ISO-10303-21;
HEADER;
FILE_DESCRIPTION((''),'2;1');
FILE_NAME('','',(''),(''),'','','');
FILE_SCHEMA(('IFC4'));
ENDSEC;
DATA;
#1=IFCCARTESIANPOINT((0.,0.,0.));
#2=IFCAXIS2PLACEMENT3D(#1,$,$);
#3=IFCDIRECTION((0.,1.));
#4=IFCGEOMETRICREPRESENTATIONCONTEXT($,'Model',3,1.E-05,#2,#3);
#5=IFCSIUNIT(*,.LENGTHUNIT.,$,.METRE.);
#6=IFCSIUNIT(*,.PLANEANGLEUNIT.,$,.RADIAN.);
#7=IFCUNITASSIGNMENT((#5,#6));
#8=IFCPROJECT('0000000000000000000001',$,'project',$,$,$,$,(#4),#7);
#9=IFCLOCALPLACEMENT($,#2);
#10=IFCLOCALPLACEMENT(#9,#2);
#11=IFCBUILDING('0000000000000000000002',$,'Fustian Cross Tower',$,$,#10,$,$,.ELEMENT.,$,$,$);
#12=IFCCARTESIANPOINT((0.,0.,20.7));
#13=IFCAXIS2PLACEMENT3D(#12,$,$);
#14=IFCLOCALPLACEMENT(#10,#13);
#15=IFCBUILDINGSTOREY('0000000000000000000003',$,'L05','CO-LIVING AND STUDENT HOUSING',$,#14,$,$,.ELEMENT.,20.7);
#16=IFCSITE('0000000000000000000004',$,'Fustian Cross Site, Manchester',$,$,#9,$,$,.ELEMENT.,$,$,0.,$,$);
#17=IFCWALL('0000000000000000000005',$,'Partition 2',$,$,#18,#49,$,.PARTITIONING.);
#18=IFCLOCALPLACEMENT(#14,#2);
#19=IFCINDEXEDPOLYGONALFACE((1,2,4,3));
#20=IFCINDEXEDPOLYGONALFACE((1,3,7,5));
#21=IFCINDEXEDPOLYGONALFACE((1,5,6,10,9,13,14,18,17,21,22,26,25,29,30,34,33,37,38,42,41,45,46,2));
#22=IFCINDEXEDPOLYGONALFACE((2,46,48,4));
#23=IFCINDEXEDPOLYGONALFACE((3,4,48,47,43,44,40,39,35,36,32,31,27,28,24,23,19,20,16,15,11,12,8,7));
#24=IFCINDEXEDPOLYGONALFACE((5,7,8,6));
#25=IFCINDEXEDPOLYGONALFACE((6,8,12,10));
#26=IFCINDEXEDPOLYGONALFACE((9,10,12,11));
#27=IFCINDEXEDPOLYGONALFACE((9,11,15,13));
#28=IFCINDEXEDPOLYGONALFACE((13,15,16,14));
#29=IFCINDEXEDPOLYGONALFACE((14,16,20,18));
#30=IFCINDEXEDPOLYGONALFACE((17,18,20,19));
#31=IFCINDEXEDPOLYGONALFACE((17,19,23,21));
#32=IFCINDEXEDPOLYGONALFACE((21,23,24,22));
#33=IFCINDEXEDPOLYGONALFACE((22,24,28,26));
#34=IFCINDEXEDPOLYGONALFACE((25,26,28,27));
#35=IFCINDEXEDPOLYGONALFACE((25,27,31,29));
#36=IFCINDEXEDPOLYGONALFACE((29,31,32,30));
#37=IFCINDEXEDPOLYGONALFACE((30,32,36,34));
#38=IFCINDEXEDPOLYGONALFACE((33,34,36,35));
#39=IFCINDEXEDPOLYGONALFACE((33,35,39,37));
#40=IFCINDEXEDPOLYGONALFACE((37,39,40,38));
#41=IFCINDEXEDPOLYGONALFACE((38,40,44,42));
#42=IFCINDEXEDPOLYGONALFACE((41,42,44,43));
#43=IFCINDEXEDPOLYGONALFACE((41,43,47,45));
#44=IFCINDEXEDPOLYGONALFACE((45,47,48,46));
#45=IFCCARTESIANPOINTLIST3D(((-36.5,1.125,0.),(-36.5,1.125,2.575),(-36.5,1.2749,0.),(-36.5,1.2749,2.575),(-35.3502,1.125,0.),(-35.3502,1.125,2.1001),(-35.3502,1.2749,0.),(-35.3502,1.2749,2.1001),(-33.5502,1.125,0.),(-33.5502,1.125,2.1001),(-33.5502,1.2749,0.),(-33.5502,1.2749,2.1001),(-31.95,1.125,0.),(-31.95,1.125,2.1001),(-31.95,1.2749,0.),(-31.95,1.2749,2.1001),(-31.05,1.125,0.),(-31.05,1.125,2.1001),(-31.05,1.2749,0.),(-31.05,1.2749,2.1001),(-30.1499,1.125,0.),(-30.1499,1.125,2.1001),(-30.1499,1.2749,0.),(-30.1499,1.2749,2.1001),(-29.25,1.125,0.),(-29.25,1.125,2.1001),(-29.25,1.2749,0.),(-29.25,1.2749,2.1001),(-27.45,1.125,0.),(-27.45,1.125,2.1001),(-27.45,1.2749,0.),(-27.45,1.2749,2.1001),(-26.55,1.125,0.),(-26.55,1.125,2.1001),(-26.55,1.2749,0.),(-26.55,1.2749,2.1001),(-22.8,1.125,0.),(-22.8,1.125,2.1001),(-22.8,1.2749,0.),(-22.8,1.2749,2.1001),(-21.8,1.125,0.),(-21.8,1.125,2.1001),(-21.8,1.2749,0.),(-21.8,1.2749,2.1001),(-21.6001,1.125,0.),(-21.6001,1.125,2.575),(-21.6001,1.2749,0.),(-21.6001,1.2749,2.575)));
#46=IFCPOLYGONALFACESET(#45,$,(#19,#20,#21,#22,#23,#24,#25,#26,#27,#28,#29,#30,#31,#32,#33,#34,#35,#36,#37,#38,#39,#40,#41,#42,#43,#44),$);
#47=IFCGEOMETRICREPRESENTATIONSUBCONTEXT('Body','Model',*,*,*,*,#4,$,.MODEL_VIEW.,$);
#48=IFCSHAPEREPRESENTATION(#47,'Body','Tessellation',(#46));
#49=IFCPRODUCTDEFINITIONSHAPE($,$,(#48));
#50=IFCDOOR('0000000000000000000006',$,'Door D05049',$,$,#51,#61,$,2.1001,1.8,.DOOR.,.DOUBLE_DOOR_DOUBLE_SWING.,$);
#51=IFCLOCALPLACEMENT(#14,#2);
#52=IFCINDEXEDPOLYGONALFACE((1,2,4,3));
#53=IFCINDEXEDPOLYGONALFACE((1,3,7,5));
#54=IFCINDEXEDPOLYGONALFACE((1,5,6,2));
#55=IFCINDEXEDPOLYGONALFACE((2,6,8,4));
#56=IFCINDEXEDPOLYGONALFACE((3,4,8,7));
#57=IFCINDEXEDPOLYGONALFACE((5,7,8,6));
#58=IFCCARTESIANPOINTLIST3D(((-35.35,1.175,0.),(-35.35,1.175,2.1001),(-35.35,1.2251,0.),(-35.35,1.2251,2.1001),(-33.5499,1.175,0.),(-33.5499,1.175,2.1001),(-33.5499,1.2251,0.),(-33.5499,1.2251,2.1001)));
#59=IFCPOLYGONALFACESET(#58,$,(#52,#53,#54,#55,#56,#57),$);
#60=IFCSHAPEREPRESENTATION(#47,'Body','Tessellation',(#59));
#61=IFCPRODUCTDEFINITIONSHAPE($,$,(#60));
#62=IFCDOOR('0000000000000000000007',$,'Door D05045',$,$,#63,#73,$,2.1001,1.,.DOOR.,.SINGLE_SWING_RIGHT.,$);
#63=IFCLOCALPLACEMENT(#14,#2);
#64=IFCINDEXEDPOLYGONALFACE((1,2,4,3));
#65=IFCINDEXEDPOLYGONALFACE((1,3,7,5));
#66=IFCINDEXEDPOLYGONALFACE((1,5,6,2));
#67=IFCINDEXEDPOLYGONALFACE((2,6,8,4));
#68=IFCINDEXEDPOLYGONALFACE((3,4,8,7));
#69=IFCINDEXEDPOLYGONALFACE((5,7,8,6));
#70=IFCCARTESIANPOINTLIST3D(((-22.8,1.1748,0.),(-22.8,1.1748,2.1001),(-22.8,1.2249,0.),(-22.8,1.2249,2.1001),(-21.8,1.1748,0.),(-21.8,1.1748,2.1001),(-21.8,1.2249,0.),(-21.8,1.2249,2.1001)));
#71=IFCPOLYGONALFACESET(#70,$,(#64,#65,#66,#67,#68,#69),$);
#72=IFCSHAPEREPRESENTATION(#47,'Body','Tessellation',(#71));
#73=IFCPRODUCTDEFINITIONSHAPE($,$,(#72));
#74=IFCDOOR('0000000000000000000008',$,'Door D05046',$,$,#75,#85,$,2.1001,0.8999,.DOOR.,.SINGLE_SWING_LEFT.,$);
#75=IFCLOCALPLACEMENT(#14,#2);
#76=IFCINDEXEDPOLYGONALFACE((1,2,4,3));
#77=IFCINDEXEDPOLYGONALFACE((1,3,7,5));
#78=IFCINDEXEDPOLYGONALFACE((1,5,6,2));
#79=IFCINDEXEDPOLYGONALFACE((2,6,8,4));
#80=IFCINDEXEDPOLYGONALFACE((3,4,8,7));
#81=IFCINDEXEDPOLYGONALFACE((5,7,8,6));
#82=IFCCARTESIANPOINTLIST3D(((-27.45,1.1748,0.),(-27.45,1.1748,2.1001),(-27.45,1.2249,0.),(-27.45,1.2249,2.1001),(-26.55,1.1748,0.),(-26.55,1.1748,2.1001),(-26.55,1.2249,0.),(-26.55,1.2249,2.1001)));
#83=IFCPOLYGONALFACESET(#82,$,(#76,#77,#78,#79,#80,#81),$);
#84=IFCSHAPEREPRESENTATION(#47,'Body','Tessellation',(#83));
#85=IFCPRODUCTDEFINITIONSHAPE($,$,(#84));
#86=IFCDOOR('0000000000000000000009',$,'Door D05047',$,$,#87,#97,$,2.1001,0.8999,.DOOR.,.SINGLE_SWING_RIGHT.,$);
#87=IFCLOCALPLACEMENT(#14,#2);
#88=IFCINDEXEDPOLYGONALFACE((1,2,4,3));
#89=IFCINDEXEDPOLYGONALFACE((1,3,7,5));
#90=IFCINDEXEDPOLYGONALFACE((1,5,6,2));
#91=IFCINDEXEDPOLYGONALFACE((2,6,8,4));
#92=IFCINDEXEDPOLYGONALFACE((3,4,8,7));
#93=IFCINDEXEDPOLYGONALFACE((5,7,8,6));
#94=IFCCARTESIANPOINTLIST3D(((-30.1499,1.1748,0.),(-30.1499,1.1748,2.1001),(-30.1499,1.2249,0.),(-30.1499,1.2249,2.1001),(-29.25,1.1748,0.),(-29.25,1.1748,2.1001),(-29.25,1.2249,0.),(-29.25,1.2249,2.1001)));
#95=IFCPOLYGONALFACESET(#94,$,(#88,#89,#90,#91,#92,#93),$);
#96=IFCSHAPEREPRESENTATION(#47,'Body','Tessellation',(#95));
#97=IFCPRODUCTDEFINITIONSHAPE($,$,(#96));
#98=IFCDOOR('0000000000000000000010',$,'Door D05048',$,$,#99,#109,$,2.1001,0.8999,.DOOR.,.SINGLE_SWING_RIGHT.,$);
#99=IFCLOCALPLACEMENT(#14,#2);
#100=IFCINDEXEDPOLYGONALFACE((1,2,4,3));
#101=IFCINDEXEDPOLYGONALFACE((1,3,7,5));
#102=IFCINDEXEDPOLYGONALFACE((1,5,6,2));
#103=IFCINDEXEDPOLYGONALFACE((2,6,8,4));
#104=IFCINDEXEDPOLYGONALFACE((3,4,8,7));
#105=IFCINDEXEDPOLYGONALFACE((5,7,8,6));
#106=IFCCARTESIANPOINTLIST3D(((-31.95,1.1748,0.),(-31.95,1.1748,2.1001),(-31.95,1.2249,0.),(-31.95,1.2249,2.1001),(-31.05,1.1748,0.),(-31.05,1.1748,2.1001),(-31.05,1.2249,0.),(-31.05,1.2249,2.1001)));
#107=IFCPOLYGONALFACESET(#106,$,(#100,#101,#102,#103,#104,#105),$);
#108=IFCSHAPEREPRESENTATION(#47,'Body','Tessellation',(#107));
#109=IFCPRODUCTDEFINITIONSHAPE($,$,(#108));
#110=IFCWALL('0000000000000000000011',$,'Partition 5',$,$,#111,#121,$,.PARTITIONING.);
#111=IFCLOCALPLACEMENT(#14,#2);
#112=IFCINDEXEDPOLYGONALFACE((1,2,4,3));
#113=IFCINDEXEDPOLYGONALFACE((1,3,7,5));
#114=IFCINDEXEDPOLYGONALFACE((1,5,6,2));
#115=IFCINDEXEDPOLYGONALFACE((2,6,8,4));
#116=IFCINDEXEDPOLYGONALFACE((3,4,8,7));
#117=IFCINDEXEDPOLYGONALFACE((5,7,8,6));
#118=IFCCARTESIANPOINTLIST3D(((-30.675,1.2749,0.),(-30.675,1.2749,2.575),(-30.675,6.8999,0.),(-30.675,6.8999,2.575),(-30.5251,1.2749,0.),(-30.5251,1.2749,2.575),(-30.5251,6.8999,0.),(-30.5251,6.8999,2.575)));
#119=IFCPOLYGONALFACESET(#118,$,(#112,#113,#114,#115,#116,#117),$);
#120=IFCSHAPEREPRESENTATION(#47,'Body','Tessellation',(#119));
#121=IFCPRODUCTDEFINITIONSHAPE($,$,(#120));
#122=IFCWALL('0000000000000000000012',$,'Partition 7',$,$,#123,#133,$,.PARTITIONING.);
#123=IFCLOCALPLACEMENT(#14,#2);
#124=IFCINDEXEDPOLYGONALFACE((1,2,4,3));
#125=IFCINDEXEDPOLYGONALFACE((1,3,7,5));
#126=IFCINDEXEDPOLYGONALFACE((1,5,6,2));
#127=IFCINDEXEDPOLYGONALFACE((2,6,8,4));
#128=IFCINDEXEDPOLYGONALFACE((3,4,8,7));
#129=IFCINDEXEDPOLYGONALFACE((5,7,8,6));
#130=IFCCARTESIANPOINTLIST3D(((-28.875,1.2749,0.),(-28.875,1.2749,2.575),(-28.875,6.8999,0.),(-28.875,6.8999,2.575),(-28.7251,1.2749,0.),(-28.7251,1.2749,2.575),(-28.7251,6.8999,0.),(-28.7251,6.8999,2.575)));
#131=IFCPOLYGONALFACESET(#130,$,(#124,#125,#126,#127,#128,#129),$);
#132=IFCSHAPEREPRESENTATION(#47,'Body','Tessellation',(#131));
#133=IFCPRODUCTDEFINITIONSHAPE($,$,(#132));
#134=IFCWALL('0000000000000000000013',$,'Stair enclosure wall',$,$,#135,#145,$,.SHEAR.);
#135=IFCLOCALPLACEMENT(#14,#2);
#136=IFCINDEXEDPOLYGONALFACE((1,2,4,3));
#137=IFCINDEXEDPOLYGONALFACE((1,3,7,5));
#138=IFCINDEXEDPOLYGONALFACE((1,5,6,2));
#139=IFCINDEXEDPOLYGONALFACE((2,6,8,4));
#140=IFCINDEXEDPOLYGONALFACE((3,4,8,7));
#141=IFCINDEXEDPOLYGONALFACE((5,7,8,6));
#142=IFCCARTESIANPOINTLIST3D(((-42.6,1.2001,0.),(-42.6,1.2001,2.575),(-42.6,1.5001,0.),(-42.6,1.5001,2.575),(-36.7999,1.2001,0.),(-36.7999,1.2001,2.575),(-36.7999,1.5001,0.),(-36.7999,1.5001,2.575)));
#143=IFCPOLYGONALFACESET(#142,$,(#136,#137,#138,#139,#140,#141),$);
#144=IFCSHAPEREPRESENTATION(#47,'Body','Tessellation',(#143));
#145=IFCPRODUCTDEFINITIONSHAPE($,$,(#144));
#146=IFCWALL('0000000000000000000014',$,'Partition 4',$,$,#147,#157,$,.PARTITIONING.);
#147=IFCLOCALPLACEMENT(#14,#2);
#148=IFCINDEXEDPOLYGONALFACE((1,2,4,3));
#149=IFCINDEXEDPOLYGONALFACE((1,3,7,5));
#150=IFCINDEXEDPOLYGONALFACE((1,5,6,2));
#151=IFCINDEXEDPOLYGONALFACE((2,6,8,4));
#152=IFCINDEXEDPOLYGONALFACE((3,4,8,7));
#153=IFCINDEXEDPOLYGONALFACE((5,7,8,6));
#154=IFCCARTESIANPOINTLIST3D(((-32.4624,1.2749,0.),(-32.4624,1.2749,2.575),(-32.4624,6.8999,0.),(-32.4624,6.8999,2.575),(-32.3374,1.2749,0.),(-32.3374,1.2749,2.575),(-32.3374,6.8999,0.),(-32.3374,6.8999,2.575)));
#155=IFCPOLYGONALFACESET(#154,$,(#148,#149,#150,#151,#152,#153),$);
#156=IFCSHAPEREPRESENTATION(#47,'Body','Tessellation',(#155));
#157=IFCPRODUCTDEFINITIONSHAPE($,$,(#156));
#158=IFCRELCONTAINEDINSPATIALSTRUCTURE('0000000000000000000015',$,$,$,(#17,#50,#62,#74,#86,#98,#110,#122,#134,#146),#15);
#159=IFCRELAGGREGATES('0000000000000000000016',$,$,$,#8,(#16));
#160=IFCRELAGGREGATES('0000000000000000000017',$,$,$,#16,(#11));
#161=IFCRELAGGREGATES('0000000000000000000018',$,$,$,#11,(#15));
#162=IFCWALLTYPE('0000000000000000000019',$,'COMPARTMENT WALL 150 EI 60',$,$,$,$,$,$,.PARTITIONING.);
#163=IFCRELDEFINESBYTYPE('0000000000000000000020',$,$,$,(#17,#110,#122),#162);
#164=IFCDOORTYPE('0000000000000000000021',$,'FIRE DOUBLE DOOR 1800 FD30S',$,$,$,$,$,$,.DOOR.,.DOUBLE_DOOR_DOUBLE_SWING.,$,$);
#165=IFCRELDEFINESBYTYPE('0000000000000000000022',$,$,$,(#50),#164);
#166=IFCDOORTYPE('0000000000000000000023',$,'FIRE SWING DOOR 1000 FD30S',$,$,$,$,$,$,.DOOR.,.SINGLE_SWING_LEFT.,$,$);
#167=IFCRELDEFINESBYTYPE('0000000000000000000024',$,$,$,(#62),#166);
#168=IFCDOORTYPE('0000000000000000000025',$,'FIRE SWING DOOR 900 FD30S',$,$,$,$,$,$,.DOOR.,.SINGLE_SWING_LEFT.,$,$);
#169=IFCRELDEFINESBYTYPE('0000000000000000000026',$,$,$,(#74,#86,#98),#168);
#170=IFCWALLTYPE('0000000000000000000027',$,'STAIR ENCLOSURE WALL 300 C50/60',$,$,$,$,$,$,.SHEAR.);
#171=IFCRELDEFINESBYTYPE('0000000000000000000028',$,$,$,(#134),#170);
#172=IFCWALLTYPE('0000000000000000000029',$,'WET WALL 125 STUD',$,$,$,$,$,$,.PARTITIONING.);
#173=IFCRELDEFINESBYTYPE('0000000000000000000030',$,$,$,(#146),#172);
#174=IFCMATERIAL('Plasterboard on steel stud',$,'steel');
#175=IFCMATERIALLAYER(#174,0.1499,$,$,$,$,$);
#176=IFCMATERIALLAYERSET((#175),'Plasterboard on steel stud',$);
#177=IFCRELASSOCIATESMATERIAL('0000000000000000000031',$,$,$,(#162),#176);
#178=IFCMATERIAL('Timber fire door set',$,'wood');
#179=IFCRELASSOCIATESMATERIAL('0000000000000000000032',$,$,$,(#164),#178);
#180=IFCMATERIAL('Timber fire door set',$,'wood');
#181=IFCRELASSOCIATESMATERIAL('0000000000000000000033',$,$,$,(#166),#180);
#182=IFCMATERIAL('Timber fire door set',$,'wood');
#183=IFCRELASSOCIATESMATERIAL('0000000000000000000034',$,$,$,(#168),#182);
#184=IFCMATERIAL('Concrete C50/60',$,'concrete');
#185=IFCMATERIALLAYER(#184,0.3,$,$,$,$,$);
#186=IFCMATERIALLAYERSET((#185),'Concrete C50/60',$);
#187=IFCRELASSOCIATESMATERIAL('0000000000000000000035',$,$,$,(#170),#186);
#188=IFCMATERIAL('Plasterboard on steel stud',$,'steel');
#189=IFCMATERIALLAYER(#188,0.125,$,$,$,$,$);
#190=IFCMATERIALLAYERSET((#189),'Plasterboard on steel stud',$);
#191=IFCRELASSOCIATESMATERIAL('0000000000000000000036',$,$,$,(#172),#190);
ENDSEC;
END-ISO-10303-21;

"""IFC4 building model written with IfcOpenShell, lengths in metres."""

from ifc_helpers import new_model, si_unit, direction, frame, frame_2d, origin, place, context, subcontext, project, spatial, rectangle, extrude, material, layer, layer_set, type_object, element, fill, save


model = new_model("IFC4")

# Units and contexts
model_context = context("Model", 3, precision=1e-05, world=origin(), true_north=direction((0.0, 1.0)))
body_context = subcontext(model_context, "Body", "Model", "MODEL_VIEW")
ifc_project = project(units=[si_unit("LENGTHUNIT", "METRE"), si_unit("PLANEANGLEUNIT", "RADIAN")], contexts=[model_context])

# Site, building, storey
site_placement = place(None, origin())
site = spatial("IfcSite", under=ifc_project, at=site_placement, Name="Fustian Cross Site, Manchester", CompositionType="ELEMENT", RefElevation=0.0)
building_placement = place(site_placement, origin())
building = spatial("IfcBuilding", under=site, at=building_placement, Name="Fustian Cross Tower", CompositionType="ELEMENT")
storey_placement = place(building_placement, frame((0.0, 0.0, 20.7)))
storey = spatial("IfcBuildingStorey", under=building, at=storey_placement, Name="L05", Description="CO-LIVING AND STUDENT HOUSING", CompositionType="ELEMENT", Elevation=20.7)

# Wall, openings, doors
ifc_material_1 = material(Name="Plasterboard on steel stud", Category="steel")
ifc_layer_1 = layer(ifc_material_1, 0.1499)
ifc_layer_set_1 = layer_set([ifc_layer_1], Name="Plasterboard on steel stud")
wall_type_1 = type_object("IfcWallType", Name="COMPARTMENT WALL 150 EI 60", PredefinedType="PARTITIONING", material=ifc_layer_set_1)
wall_1_placement = place(storey_placement, frame((-36.5, 1.2, 0.0), z_axis=(0.0, 0.0, 1.0), x_axis=(1.0, 0.0, 0.0)))
wall_1 = element("IfcWall", 1, at=wall_1_placement, inside=storey, type_object=wall_type_1, Name="Partition 2", PredefinedType="PARTITIONING", context=body_context, shape_type="SweptSolid", body=[
    extrude(rectangle(XDim=14.8999, YDim=0.1499, at=frame_2d((7.45, 0.0))), origin(), (0.0, 0.0, 1.0), 2.575),
])
opening_1_placement = place(wall_1_placement, frame((13.7, 0.0, 0.0)))
opening_1 = element("IfcOpeningElement", 2, at=opening_1_placement, cuts=wall_1, PredefinedType="OPENING", context=body_context, shape_type="SweptSolid", body=[
    extrude(rectangle(XDim=1.0, YDim=2.1001, at=frame_2d((0.5, 1.05))), frame((0.0, 0.085, 0.0), z_axis=(0.0, -1.0, 0.0), x_axis=(1.0, 0.0, 0.0)), (0.0, 0.0, 1.0), 0.1699),
])
opening_2_placement = place(wall_1_placement, frame((9.05, 0.0, 0.0)))
opening_2 = element("IfcOpeningElement", 3, at=opening_2_placement, cuts=wall_1, PredefinedType="OPENING", context=body_context, shape_type="SweptSolid", body=[
    extrude(rectangle(XDim=0.8999, YDim=2.1001, at=frame_2d((0.45, 1.05))), frame((0.0, 0.085, 0.0), z_axis=(0.0, -1.0, 0.0), x_axis=(1.0, 0.0, 0.0)), (0.0, 0.0, 1.0), 0.1699),
])
opening_3_placement = place(wall_1_placement, frame((6.3501, 0.0, 0.0)))
opening_3 = element("IfcOpeningElement", 4, at=opening_3_placement, cuts=wall_1, PredefinedType="OPENING", context=body_context, shape_type="SweptSolid", body=[
    extrude(rectangle(XDim=0.8999, YDim=2.1001, at=frame_2d((0.45, 1.05))), frame((0.0, 0.085, 0.0), z_axis=(0.0, -1.0, 0.0), x_axis=(1.0, 0.0, 0.0)), (0.0, 0.0, 1.0), 0.1699),
])
opening_4_placement = place(wall_1_placement, frame((4.55, 0.0, 0.0)))
opening_4 = element("IfcOpeningElement", 5, at=opening_4_placement, cuts=wall_1, PredefinedType="OPENING", context=body_context, shape_type="SweptSolid", body=[
    extrude(rectangle(XDim=0.8999, YDim=2.1001, at=frame_2d((0.45, 1.05))), frame((0.0, 0.085, 0.0), z_axis=(0.0, -1.0, 0.0), x_axis=(1.0, 0.0, 0.0)), (0.0, 0.0, 1.0), 0.1699),
])
opening_5_placement = place(wall_1_placement, frame((1.1499, 0.0, 0.0)))
opening_5 = element("IfcOpeningElement", 6, at=opening_5_placement, cuts=wall_1, PredefinedType="OPENING", context=body_context, shape_type="SweptSolid", body=[
    extrude(rectangle(XDim=1.8, YDim=2.1001, at=frame_2d((0.8999, 1.05))), frame((0.0, 0.085, 0.0), z_axis=(0.0, -1.0, 0.0), x_axis=(1.0, 0.0, 0.0)), (0.0, 0.0, 1.0), 0.1699),
])
ifc_material_2 = material(Name="Timber fire door set", Category="wood")
door_type_1 = type_object("IfcDoorType", Name="FIRE DOUBLE DOOR 1800 FD30S", OperationType="DOUBLE_DOOR_DOUBLE_SWING", PredefinedType="DOOR", material=ifc_material_2)
door_1_placement = place(opening_5_placement, frame((1.8, 0.0, 0.0), z_axis=(0.0, 0.0, 1.0), x_axis=(-1.0, 0.0, 0.0)))
door_1 = element("IfcDoor", 7, at=door_1_placement, inside=storey, type_object=door_type_1, Name="Door D05049", OperationType="DOUBLE_DOOR_DOUBLE_SWING", OverallHeight=2.1001, OverallWidth=1.8, PredefinedType="DOOR", context=body_context, shape_type="SweptSolid", body=[
    extrude(rectangle(XDim=1.8, YDim=2.1001, at=frame_2d((0.8999, 1.05))), frame((0.0, 0.0249, 0.0), z_axis=(0.0, -1.0, 0.0), x_axis=(1.0, 0.0, 0.0)), (0.0, 0.0, 1.0), 0.05),
])
fill(opening_5, door_1)
ifc_material_3 = material(Name="Timber fire door set", Category="wood")
door_type_2 = type_object("IfcDoorType", Name="FIRE SWING DOOR 1000 FD30S", OperationType="SINGLE_SWING_LEFT", PredefinedType="DOOR", material=ifc_material_3)
door_2_placement = place(opening_1_placement, origin())
door_2 = element("IfcDoor", 8, at=door_2_placement, inside=storey, type_object=door_type_2, Name="Door D05045", OperationType="SINGLE_SWING_RIGHT", OverallHeight=2.1001, OverallWidth=1.0, PredefinedType="DOOR", context=body_context, shape_type="SweptSolid", body=[
    extrude(rectangle(XDim=1.0, YDim=2.1001, at=frame_2d((0.5, 1.05))), frame((0.0, 0.0249, 0.0), z_axis=(0.0, -1.0, 0.0), x_axis=(1.0, 0.0, 0.0)), (0.0, 0.0, 1.0), 0.05),
])
fill(opening_1, door_2)
ifc_material_4 = material(Name="Timber fire door set", Category="wood")
door_type_3 = type_object("IfcDoorType", Name="FIRE SWING DOOR 900 FD30S", OperationType="SINGLE_SWING_LEFT", PredefinedType="DOOR", material=ifc_material_4)
door_3_placement = place(opening_2_placement, origin())
door_3 = element("IfcDoor", 9, at=door_3_placement, inside=storey, type_object=door_type_3, Name="Door D05046", OperationType="SINGLE_SWING_LEFT", OverallHeight=2.1001, OverallWidth=0.8999, PredefinedType="DOOR", context=body_context, shape_type="SweptSolid", body=[
    extrude(rectangle(XDim=0.8999, YDim=2.1001, at=frame_2d((0.45, 1.05))), frame((0.0, 0.0249, 0.0), z_axis=(0.0, -1.0, 0.0), x_axis=(1.0, 0.0, 0.0)), (0.0, 0.0, 1.0), 0.05),
])
fill(opening_2, door_3)
door_4_placement = place(opening_3_placement, origin())
door_4 = element("IfcDoor", 10, at=door_4_placement, inside=storey, type_object=door_type_3, Name="Door D05047", OperationType="SINGLE_SWING_RIGHT", OverallHeight=2.1001, OverallWidth=0.8999, PredefinedType="DOOR", context=body_context, shape_type="SweptSolid", body=[
    extrude(rectangle(XDim=0.8999, YDim=2.1001, at=frame_2d((0.45, 1.05))), frame((0.0, 0.0249, 0.0), z_axis=(0.0, -1.0, 0.0), x_axis=(1.0, 0.0, 0.0)), (0.0, 0.0, 1.0), 0.05),
])
fill(opening_3, door_4)
door_5_placement = place(opening_4_placement, origin())
door_5 = element("IfcDoor", 11, at=door_5_placement, inside=storey, type_object=door_type_3, Name="Door D05048", OperationType="SINGLE_SWING_RIGHT", OverallHeight=2.1001, OverallWidth=0.8999, PredefinedType="DOOR", context=body_context, shape_type="SweptSolid", body=[
    extrude(rectangle(XDim=0.8999, YDim=2.1001, at=frame_2d((0.45, 1.05))), frame((0.0, 0.0249, 0.0), z_axis=(0.0, -1.0, 0.0), x_axis=(1.0, 0.0, 0.0)), (0.0, 0.0, 1.0), 0.05),
])
fill(opening_4, door_5)

# Walls
for number, where, z_axis, x_axis, name in (
    (12, (-30.6001, 1.2749, 0.0), (0.0, 0.0, 1.0), (0.0, 1.0, 0.0), "Partition 5"),
    (13, (-28.8, 1.2749, 0.0), (0.0, 0.0, 1.0), (0.0, 1.0, 0.0), "Partition 7"),
):
    element("IfcWall", number, at=place(storey_placement, frame(where, z_axis=z_axis, x_axis=x_axis)), inside=storey, type_object=wall_type_1, Name=name, PredefinedType="PARTITIONING", context=body_context, shape_type="SweptSolid", body=[
        extrude(rectangle(XDim=5.625, YDim=0.1499, at=frame_2d((2.8125, 0.0))), origin(), (0.0, 0.0, 1.0), 2.575),
    ])
ifc_material_5 = material(Name="Concrete C50/60", Category="concrete")
ifc_layer_2 = layer(ifc_material_5, 0.3)
ifc_layer_set_2 = layer_set([ifc_layer_2], Name="Concrete C50/60")
wall_type_2 = type_object("IfcWallType", Name="STAIR ENCLOSURE WALL 300 C50/60", PredefinedType="SHEAR", material=ifc_layer_set_2)
wall_2_placement = place(storey_placement, frame((-36.8, 1.3501, 0.0), z_axis=(0.0, 0.0, 1.0), x_axis=(-1.0, 0.0, 0.0)))
element("IfcWall", 14, at=wall_2_placement, inside=storey, type_object=wall_type_2, Name="Stair enclosure wall", PredefinedType="SHEAR", context=body_context, shape_type="SweptSolid", body=[
    extrude(rectangle(XDim=5.8, YDim=0.3, at=frame_2d((2.8999, 0.0))), origin(), (0.0, 0.0, 1.0), 2.575),
])
ifc_material_6 = material(Name="Plasterboard on steel stud", Category="steel")
ifc_layer_3 = layer(ifc_material_6, 0.125)
ifc_layer_set_3 = layer_set([ifc_layer_3], Name="Plasterboard on steel stud")
wall_type_3 = type_object("IfcWallType", Name="WET WALL 125 STUD", PredefinedType="PARTITIONING", material=ifc_layer_set_3)
wall_3_placement = place(storey_placement, frame((-32.3999, 1.2749, 0.0), z_axis=(0.0, 0.0, 1.0), x_axis=(0.0, 1.0, 0.0)))
element("IfcWall", 15, at=wall_3_placement, inside=storey, type_object=wall_type_3, Name="Partition 4", PredefinedType="PARTITIONING", context=body_context, shape_type="SweptSolid", body=[
    extrude(rectangle(XDim=5.625, YDim=0.125, at=frame_2d((2.8125, 0.0))), origin(), (0.0, 0.0, 1.0), 2.575),
])

save(model, "model.ifc")
